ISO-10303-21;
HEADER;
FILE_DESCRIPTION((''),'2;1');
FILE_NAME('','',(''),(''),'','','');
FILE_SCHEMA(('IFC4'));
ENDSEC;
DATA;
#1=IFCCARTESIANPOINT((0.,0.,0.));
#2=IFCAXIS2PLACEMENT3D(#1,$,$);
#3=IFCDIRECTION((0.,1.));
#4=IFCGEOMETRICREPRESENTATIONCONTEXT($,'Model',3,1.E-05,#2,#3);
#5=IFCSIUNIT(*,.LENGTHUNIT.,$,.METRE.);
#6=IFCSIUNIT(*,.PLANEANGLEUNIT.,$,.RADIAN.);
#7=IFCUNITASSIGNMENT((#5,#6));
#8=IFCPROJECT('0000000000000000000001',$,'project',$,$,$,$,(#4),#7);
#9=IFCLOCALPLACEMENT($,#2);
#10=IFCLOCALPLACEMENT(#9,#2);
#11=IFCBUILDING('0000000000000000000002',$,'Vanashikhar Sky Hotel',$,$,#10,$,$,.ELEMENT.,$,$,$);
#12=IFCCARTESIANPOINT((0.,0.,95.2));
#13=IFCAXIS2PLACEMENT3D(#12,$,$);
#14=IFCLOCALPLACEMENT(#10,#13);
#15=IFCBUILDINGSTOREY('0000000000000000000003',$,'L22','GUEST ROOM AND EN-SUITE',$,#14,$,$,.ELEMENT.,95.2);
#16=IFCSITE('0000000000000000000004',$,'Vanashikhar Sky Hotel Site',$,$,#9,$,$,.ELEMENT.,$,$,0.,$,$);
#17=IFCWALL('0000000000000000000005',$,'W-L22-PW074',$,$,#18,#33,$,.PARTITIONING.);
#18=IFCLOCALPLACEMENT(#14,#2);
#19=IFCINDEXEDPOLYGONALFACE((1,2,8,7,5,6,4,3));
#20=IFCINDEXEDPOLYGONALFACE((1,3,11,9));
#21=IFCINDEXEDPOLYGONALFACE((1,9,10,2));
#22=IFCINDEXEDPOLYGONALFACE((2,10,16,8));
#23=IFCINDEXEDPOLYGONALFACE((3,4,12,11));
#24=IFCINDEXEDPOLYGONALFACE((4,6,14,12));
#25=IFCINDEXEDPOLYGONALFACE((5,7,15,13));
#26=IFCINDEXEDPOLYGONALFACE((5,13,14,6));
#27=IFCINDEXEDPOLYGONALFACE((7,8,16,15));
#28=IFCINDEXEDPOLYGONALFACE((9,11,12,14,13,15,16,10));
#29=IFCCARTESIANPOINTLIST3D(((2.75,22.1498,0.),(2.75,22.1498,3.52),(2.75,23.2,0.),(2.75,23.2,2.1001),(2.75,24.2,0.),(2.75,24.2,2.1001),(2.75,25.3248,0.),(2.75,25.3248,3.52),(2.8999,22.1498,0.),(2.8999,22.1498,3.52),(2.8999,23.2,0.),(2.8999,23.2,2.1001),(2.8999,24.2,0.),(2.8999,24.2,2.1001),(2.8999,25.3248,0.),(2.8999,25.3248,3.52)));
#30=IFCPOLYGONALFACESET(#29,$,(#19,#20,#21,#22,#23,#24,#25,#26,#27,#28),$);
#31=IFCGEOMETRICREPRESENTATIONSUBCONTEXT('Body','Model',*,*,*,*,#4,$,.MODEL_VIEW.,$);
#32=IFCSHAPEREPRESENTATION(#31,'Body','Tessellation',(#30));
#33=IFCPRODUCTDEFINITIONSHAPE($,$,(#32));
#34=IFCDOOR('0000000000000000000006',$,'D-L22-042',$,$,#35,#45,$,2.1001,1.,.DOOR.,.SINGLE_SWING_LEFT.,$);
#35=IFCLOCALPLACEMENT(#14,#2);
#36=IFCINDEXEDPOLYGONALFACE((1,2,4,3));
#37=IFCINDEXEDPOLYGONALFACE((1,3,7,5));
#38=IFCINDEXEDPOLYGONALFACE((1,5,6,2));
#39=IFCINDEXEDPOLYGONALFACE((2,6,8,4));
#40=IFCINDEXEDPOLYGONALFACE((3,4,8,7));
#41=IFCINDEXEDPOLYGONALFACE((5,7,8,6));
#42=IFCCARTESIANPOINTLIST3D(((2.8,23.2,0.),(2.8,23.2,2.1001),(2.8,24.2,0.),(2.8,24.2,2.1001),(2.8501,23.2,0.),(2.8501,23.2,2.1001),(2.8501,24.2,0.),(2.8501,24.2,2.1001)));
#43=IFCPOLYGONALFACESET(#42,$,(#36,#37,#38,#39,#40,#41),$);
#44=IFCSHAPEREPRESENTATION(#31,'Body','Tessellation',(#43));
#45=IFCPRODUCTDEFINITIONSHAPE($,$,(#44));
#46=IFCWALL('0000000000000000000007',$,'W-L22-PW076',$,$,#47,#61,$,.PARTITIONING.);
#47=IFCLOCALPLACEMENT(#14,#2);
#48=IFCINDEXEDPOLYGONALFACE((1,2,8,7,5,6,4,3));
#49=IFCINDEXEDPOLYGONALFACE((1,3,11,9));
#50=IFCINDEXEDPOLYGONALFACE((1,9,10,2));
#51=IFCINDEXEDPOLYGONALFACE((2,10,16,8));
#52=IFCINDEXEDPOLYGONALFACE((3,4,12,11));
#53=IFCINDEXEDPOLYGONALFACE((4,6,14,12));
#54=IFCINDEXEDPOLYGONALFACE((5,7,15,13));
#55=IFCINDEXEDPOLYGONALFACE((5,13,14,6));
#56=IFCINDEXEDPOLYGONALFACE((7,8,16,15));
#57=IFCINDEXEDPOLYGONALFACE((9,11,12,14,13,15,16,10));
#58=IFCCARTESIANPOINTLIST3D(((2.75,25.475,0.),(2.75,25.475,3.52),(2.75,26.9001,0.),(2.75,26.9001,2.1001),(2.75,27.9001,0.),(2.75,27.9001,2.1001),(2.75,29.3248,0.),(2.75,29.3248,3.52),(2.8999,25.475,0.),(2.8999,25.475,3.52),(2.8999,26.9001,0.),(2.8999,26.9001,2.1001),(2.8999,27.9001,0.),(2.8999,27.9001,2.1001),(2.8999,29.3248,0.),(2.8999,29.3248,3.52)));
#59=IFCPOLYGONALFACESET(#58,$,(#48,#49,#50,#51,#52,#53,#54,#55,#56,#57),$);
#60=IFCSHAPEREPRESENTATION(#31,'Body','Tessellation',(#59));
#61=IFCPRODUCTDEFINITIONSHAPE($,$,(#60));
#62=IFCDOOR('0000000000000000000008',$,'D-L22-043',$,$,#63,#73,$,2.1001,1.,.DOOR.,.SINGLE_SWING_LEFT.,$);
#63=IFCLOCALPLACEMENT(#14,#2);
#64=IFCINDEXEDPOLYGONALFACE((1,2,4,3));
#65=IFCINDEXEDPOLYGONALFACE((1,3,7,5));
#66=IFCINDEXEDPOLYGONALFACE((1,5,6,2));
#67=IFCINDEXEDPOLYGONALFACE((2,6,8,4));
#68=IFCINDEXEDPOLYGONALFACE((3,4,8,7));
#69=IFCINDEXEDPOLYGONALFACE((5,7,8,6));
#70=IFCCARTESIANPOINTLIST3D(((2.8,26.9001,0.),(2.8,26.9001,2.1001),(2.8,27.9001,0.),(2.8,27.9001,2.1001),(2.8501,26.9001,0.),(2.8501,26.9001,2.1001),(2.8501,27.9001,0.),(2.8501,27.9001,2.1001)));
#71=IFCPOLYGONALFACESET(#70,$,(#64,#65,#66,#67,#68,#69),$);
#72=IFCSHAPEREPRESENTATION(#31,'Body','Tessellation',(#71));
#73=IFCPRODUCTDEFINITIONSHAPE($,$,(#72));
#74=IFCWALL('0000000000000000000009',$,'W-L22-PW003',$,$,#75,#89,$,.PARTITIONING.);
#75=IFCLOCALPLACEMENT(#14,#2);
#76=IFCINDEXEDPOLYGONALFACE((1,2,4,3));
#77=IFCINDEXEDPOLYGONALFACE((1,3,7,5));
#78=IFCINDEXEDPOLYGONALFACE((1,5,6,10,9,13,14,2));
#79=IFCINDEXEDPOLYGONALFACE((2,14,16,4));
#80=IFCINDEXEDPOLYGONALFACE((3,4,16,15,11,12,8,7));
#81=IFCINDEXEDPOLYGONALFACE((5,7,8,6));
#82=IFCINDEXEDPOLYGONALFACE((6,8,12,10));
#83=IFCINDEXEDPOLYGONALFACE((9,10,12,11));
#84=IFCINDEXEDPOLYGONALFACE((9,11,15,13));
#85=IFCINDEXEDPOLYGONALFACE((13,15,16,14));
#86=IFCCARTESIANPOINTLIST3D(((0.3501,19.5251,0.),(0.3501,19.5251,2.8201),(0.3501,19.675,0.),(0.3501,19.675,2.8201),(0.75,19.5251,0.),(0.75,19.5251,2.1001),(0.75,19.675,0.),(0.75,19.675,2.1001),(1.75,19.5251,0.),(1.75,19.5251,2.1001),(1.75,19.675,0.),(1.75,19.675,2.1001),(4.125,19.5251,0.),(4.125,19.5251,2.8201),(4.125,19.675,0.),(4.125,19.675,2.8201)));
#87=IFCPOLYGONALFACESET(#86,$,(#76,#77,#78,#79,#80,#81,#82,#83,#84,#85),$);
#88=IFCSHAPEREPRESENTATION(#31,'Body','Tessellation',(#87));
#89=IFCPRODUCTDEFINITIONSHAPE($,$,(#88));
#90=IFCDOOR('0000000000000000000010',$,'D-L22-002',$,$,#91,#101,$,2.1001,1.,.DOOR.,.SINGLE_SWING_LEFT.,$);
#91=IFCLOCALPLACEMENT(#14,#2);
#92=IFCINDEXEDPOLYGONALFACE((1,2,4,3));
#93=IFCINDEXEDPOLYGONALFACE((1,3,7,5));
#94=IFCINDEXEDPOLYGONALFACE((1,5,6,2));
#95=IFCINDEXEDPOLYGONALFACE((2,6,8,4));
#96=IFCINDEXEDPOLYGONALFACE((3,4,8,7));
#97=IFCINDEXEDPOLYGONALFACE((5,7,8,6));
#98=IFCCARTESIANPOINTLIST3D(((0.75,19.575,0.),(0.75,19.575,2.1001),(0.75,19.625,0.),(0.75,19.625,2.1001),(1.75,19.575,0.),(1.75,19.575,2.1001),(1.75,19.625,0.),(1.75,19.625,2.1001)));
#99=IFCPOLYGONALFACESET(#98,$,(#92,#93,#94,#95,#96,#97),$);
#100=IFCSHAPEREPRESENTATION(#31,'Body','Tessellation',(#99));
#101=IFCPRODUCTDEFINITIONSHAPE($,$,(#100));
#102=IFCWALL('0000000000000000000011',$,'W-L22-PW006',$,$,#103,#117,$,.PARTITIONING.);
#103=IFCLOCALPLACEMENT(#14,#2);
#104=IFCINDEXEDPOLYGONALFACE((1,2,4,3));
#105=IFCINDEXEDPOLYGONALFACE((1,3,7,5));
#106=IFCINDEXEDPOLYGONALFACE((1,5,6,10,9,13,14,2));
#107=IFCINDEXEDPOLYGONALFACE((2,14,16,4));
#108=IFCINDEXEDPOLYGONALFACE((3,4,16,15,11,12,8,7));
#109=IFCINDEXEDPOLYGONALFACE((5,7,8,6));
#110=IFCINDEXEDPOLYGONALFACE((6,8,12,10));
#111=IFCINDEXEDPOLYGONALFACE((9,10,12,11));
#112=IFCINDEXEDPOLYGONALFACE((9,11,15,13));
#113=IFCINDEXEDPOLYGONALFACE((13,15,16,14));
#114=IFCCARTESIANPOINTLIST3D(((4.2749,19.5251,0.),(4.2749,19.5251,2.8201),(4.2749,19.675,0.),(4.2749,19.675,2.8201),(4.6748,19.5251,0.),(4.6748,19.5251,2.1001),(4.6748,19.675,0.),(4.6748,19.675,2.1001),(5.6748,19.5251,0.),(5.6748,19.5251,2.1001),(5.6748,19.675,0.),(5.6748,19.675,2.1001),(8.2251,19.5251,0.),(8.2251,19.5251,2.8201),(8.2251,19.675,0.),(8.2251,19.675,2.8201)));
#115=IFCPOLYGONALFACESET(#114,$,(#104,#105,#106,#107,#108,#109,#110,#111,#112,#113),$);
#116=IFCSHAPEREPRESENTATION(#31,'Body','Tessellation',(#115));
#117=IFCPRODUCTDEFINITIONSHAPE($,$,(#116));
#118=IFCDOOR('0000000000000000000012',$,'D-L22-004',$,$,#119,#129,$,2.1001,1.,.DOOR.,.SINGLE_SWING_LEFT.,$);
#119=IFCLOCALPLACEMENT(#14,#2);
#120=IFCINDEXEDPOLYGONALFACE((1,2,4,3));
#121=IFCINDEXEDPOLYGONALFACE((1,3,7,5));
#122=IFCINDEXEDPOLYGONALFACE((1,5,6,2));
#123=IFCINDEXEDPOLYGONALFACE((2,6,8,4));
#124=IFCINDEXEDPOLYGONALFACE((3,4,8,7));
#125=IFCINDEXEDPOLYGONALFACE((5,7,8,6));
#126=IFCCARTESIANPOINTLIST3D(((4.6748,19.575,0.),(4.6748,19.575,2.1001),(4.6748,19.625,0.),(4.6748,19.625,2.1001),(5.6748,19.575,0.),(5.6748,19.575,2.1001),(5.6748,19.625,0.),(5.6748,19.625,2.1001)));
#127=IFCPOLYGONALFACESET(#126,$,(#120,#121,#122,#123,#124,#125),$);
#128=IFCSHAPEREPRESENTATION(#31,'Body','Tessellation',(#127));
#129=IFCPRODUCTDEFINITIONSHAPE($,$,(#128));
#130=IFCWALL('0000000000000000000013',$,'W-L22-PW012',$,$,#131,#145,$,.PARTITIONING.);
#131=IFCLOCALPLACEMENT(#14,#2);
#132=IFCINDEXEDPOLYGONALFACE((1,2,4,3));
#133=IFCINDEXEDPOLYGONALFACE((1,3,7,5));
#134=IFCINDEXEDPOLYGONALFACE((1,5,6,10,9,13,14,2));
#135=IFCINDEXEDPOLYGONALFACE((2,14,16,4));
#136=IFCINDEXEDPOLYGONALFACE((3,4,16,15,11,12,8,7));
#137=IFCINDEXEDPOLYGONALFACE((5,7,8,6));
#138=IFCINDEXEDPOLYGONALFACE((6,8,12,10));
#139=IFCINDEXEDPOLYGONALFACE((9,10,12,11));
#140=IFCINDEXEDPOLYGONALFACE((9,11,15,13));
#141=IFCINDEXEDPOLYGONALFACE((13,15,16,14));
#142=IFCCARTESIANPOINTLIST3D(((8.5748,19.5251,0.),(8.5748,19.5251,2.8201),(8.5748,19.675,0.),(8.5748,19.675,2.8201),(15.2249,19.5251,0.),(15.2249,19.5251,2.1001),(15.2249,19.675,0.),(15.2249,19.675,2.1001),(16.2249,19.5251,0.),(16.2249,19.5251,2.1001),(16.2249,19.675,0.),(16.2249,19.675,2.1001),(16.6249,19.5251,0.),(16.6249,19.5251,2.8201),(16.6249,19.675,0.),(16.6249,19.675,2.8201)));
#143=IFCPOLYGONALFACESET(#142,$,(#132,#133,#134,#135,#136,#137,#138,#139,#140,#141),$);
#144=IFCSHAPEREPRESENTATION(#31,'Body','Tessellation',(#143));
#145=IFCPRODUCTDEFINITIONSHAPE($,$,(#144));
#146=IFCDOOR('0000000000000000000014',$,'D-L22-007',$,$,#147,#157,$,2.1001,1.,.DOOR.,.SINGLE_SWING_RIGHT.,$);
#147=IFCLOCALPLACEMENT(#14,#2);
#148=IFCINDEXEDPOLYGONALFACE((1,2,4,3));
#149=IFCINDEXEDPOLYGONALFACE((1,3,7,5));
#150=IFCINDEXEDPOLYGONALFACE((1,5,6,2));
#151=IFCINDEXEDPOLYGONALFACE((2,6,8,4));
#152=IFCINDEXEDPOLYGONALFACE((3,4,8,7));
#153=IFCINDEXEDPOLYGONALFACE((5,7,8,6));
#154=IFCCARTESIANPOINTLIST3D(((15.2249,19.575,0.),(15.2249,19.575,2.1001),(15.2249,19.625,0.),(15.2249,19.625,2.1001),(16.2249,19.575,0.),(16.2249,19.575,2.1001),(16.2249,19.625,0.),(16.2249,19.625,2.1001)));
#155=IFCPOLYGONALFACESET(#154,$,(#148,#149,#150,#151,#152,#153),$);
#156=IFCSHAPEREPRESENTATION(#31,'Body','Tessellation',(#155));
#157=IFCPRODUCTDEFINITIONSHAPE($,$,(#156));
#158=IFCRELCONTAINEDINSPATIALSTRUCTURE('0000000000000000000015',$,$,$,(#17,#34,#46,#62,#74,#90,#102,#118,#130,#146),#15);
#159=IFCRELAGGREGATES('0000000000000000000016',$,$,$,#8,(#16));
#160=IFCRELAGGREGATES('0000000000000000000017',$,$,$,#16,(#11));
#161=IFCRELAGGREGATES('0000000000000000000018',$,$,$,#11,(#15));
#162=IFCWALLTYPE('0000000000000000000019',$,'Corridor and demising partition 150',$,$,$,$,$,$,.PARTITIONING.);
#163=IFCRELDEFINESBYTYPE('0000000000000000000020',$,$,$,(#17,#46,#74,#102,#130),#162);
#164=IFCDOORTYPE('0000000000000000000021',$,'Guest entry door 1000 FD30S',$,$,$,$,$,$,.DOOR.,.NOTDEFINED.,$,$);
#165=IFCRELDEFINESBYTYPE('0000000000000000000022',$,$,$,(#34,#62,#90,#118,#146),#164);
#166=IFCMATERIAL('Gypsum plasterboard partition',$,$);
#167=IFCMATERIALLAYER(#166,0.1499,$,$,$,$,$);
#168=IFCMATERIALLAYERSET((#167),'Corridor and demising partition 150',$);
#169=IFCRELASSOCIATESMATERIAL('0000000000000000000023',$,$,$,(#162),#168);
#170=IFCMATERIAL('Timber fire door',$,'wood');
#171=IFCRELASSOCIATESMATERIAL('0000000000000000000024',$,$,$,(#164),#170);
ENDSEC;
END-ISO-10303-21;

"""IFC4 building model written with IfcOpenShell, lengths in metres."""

from ifc_helpers import new_model, si_unit, direction, frame, frame_2d, origin, place, context, subcontext, project, spatial, rectangle, extrude, source, transform, mapped, material, layer, layer_set, type_object, element, fill, save


model = new_model("IFC4")

# Units and contexts
model_context = context("Model", 3, precision=1e-05, world=origin(), true_north=direction((0.0, 1.0)))
body_context = subcontext(model_context, "Body", "Model", "MODEL_VIEW")
ifc_project = project(units=[si_unit("LENGTHUNIT", "METRE"), si_unit("PLANEANGLEUNIT", "RADIAN")], contexts=[model_context])

# Site, building, storey
site_placement = place(None, origin())
site = spatial("IfcSite", under=ifc_project, at=site_placement, Name="Vanashikhar Sky Hotel Site", CompositionType="ELEMENT", RefElevation=0.0)
building_placement = place(site_placement, origin())
building = spatial("IfcBuilding", under=site, at=building_placement, Name="Vanashikhar Sky Hotel", CompositionType="ELEMENT")
storey_placement = place(building_placement, frame((0.0, 0.0, 95.2)))
storey = spatial("IfcBuildingStorey", under=building, at=storey_placement, Name="L22", Description="GUEST ROOM AND EN-SUITE", CompositionType="ELEMENT", Elevation=95.2)

# Walls, openings, doors
ifc_material_1 = material(Name="Gypsum plasterboard partition")
ifc_layer_1 = layer(ifc_material_1, 0.1499)
ifc_layer_set_1 = layer_set([ifc_layer_1], Name="Corridor and demising partition 150")
wall_type_1 = type_object("IfcWallType", Name="Corridor and demising partition 150", PredefinedType="PARTITIONING", material=ifc_layer_set_1)
shared_shape_1 = source(origin(), body_context, "Body", "SweptSolid", [
    extrude(rectangle(XDim=3.175, YDim=0.1499, at=frame_2d((1.5874, 0.0))), origin(), (0.0, 0.0, 1.0), 3.52),
])
wall_1_placement = place(storey_placement, frame((2.825, 22.1499, 0.0), z_axis=(0.0, 0.0, 1.0), x_axis=(0.0, 1.0, 0.0)))
wall_1 = element("IfcWall", 1, at=wall_1_placement, inside=storey, type_object=wall_type_1, Name="W-L22-PW074", PredefinedType="PARTITIONING", context=body_context, shape_type="MappedRepresentation", body=[
    mapped(shared_shape_1, transform((0.0, 0.0, 0.0), scale=1.0)),
])
shared_shape_2 = source(origin(), body_context, "Body", "SweptSolid", [
    extrude(rectangle(XDim=1.0, YDim=2.1001, at=frame_2d((0.5, 1.05))), frame((0.0, 0.085, 0.0), z_axis=(0.0, -1.0, 0.0), x_axis=(1.0, 0.0, 0.0)), (0.0, 0.0, 1.0), 0.1699),
])
opening_1_placement = place(wall_1_placement, frame((1.05, 0.0, 0.0)))
opening_1 = element("IfcOpeningElement", 2, at=opening_1_placement, cuts=wall_1, PredefinedType="OPENING", context=body_context, shape_type="MappedRepresentation", body=[
    mapped(shared_shape_2, transform((0.0, 0.0, 0.0), scale=1.0)),
])
ifc_material_2 = material(Name="Timber fire door", Category="wood")
door_type = type_object("IfcDoorType", Name="Guest entry door 1000 FD30S", OperationType="NOTDEFINED", PredefinedType="DOOR", material=ifc_material_2)
shared_shape_3 = source(origin(), body_context, "Body", "SweptSolid", [
    extrude(rectangle(XDim=1.0, YDim=2.1001, at=frame_2d((0.5, 1.05))), frame((0.0, 0.0249, 0.0), z_axis=(0.0, -1.0, 0.0), x_axis=(1.0, 0.0, 0.0)), (0.0, 0.0, 1.0), 0.05),
])
door_1_placement = place(opening_1_placement, origin())
door_1 = element("IfcDoor", 3, at=door_1_placement, inside=storey, type_object=door_type, Name="D-L22-042", OperationType="SINGLE_SWING_LEFT", OverallHeight=2.1001, OverallWidth=1.0, PredefinedType="DOOR", context=body_context, shape_type="MappedRepresentation", body=[
    mapped(shared_shape_3, transform((0.0, 0.0, 0.0), scale=1.0)),
])
fill(opening_1, door_1)
shared_shape_4 = source(origin(), body_context, "Body", "SweptSolid", [
    extrude(rectangle(XDim=3.8499, YDim=0.1499, at=frame_2d((1.9248, 0.0))), origin(), (0.0, 0.0, 1.0), 3.52),
])
wall_2_placement = place(storey_placement, frame((2.825, 25.4751, 0.0), z_axis=(0.0, 0.0, 1.0), x_axis=(0.0, 1.0, 0.0)))
wall_2 = element("IfcWall", 4, at=wall_2_placement, inside=storey, type_object=wall_type_1, Name="W-L22-PW076", PredefinedType="PARTITIONING", context=body_context, shape_type="MappedRepresentation", body=[
    mapped(shared_shape_4, transform((0.0, 0.0, 0.0), scale=1.0)),
])
opening_2_placement = place(wall_2_placement, frame((1.425, 0.0, 0.0)))
opening_2 = element("IfcOpeningElement", 5, at=opening_2_placement, cuts=wall_2, PredefinedType="OPENING", context=body_context, shape_type="MappedRepresentation", body=[
    mapped(shared_shape_2, transform((0.0, 0.0, 0.0), scale=1.0)),
])
door_2_placement = place(opening_2_placement, origin())
door_2 = element("IfcDoor", 6, at=door_2_placement, inside=storey, type_object=door_type, Name="D-L22-043", OperationType="SINGLE_SWING_LEFT", OverallHeight=2.1001, OverallWidth=1.0, PredefinedType="DOOR", context=body_context, shape_type="MappedRepresentation", body=[
    mapped(shared_shape_3, transform((0.0, 0.0, 0.0), scale=1.0)),
])
fill(opening_2, door_2)
shared_shape_5 = source(origin(), body_context, "Body", "SweptSolid", [
    extrude(rectangle(XDim=3.7749, YDim=0.1499, at=frame_2d((1.8875, 0.0))), origin(), (0.0, 0.0, 1.0), 2.8201),
])
wall_3_placement = place(storey_placement, frame((0.3501, 19.6001, 0.0), z_axis=(0.0, 0.0, 1.0), x_axis=(1.0, 0.0, 0.0)))
wall_3 = element("IfcWall", 7, at=wall_3_placement, inside=storey, type_object=wall_type_1, Name="W-L22-PW003", PredefinedType="PARTITIONING", context=body_context, shape_type="MappedRepresentation", body=[
    mapped(shared_shape_5, transform((0.0, 0.0, 0.0), scale=1.0)),
])
opening_3_placement = place(wall_3_placement, frame((0.3999, 0.0, 0.0)))
opening_3 = element("IfcOpeningElement", 8, at=opening_3_placement, cuts=wall_3, PredefinedType="OPENING", context=body_context, shape_type="MappedRepresentation", body=[
    mapped(shared_shape_2, transform((0.0, 0.0, 0.0), scale=1.0)),
])
door_3_placement = place(opening_3_placement, origin())
door_3 = element("IfcDoor", 9, at=door_3_placement, inside=storey, type_object=door_type, Name="D-L22-002", OperationType="SINGLE_SWING_LEFT", OverallHeight=2.1001, OverallWidth=1.0, PredefinedType="DOOR", context=body_context, shape_type="MappedRepresentation", body=[
    mapped(shared_shape_3, transform((0.0, 0.0, 0.0), scale=1.0)),
])
fill(opening_3, door_3)
shared_shape_6 = source(origin(), body_context, "Body", "SweptSolid", [
    extrude(rectangle(XDim=3.9502, YDim=0.1499, at=frame_2d((1.9751, 0.0))), origin(), (0.0, 0.0, 1.0), 2.8201),
])
wall_4_placement = place(storey_placement, frame((4.2749, 19.6001, 0.0), z_axis=(0.0, 0.0, 1.0), x_axis=(1.0, 0.0, 0.0)))
wall_4 = element("IfcWall", 10, at=wall_4_placement, inside=storey, type_object=wall_type_1, Name="W-L22-PW006", PredefinedType="PARTITIONING", context=body_context, shape_type="MappedRepresentation", body=[
    mapped(shared_shape_6, transform((0.0, 0.0, 0.0), scale=1.0)),
])
opening_4_placement = place(wall_4_placement, frame((0.3999, 0.0, 0.0)))
opening_4 = element("IfcOpeningElement", 11, at=opening_4_placement, cuts=wall_4, PredefinedType="OPENING", context=body_context, shape_type="MappedRepresentation", body=[
    mapped(shared_shape_2, transform((0.0, 0.0, 0.0), scale=1.0)),
])
door_4_placement = place(opening_4_placement, origin())
door_4 = element("IfcDoor", 12, at=door_4_placement, inside=storey, type_object=door_type, Name="D-L22-004", OperationType="SINGLE_SWING_LEFT", OverallHeight=2.1001, OverallWidth=1.0, PredefinedType="DOOR", context=body_context, shape_type="MappedRepresentation", body=[
    mapped(shared_shape_3, transform((0.0, 0.0, 0.0), scale=1.0)),
])
fill(opening_4, door_4)
shared_shape_7 = source(origin(), body_context, "Body", "SweptSolid", [
    extrude(rectangle(XDim=8.05, YDim=0.1499, at=frame_2d((4.0249, 0.0))), origin(), (0.0, 0.0, 1.0), 2.8201),
])
wall_5_placement = place(storey_placement, frame((8.575, 19.6001, 0.0), z_axis=(0.0, 0.0, 1.0), x_axis=(1.0, 0.0, 0.0)))
wall_5 = element("IfcWall", 13, at=wall_5_placement, inside=storey, type_object=wall_type_1, Name="W-L22-PW012", PredefinedType="PARTITIONING", context=body_context, shape_type="MappedRepresentation", body=[
    mapped(shared_shape_7, transform((0.0, 0.0, 0.0), scale=1.0)),
])
opening_5_placement = place(wall_5_placement, frame((6.6499, 0.0, 0.0)))
opening_5 = element("IfcOpeningElement", 14, at=opening_5_placement, cuts=wall_5, PredefinedType="OPENING", context=body_context, shape_type="MappedRepresentation", body=[
    mapped(shared_shape_2, transform((0.0, 0.0, 0.0), scale=1.0)),
])
door_5_placement = place(opening_5_placement, origin())
door_5 = element("IfcDoor", 15, at=door_5_placement, inside=storey, type_object=door_type, Name="D-L22-007", OperationType="SINGLE_SWING_RIGHT", OverallHeight=2.1001, OverallWidth=1.0, PredefinedType="DOOR", context=body_context, shape_type="MappedRepresentation", body=[
    mapped(shared_shape_3, transform((0.0, 0.0, 0.0), scale=1.0)),
])
fill(opening_5, door_5)

save(model, "model.ifc")
